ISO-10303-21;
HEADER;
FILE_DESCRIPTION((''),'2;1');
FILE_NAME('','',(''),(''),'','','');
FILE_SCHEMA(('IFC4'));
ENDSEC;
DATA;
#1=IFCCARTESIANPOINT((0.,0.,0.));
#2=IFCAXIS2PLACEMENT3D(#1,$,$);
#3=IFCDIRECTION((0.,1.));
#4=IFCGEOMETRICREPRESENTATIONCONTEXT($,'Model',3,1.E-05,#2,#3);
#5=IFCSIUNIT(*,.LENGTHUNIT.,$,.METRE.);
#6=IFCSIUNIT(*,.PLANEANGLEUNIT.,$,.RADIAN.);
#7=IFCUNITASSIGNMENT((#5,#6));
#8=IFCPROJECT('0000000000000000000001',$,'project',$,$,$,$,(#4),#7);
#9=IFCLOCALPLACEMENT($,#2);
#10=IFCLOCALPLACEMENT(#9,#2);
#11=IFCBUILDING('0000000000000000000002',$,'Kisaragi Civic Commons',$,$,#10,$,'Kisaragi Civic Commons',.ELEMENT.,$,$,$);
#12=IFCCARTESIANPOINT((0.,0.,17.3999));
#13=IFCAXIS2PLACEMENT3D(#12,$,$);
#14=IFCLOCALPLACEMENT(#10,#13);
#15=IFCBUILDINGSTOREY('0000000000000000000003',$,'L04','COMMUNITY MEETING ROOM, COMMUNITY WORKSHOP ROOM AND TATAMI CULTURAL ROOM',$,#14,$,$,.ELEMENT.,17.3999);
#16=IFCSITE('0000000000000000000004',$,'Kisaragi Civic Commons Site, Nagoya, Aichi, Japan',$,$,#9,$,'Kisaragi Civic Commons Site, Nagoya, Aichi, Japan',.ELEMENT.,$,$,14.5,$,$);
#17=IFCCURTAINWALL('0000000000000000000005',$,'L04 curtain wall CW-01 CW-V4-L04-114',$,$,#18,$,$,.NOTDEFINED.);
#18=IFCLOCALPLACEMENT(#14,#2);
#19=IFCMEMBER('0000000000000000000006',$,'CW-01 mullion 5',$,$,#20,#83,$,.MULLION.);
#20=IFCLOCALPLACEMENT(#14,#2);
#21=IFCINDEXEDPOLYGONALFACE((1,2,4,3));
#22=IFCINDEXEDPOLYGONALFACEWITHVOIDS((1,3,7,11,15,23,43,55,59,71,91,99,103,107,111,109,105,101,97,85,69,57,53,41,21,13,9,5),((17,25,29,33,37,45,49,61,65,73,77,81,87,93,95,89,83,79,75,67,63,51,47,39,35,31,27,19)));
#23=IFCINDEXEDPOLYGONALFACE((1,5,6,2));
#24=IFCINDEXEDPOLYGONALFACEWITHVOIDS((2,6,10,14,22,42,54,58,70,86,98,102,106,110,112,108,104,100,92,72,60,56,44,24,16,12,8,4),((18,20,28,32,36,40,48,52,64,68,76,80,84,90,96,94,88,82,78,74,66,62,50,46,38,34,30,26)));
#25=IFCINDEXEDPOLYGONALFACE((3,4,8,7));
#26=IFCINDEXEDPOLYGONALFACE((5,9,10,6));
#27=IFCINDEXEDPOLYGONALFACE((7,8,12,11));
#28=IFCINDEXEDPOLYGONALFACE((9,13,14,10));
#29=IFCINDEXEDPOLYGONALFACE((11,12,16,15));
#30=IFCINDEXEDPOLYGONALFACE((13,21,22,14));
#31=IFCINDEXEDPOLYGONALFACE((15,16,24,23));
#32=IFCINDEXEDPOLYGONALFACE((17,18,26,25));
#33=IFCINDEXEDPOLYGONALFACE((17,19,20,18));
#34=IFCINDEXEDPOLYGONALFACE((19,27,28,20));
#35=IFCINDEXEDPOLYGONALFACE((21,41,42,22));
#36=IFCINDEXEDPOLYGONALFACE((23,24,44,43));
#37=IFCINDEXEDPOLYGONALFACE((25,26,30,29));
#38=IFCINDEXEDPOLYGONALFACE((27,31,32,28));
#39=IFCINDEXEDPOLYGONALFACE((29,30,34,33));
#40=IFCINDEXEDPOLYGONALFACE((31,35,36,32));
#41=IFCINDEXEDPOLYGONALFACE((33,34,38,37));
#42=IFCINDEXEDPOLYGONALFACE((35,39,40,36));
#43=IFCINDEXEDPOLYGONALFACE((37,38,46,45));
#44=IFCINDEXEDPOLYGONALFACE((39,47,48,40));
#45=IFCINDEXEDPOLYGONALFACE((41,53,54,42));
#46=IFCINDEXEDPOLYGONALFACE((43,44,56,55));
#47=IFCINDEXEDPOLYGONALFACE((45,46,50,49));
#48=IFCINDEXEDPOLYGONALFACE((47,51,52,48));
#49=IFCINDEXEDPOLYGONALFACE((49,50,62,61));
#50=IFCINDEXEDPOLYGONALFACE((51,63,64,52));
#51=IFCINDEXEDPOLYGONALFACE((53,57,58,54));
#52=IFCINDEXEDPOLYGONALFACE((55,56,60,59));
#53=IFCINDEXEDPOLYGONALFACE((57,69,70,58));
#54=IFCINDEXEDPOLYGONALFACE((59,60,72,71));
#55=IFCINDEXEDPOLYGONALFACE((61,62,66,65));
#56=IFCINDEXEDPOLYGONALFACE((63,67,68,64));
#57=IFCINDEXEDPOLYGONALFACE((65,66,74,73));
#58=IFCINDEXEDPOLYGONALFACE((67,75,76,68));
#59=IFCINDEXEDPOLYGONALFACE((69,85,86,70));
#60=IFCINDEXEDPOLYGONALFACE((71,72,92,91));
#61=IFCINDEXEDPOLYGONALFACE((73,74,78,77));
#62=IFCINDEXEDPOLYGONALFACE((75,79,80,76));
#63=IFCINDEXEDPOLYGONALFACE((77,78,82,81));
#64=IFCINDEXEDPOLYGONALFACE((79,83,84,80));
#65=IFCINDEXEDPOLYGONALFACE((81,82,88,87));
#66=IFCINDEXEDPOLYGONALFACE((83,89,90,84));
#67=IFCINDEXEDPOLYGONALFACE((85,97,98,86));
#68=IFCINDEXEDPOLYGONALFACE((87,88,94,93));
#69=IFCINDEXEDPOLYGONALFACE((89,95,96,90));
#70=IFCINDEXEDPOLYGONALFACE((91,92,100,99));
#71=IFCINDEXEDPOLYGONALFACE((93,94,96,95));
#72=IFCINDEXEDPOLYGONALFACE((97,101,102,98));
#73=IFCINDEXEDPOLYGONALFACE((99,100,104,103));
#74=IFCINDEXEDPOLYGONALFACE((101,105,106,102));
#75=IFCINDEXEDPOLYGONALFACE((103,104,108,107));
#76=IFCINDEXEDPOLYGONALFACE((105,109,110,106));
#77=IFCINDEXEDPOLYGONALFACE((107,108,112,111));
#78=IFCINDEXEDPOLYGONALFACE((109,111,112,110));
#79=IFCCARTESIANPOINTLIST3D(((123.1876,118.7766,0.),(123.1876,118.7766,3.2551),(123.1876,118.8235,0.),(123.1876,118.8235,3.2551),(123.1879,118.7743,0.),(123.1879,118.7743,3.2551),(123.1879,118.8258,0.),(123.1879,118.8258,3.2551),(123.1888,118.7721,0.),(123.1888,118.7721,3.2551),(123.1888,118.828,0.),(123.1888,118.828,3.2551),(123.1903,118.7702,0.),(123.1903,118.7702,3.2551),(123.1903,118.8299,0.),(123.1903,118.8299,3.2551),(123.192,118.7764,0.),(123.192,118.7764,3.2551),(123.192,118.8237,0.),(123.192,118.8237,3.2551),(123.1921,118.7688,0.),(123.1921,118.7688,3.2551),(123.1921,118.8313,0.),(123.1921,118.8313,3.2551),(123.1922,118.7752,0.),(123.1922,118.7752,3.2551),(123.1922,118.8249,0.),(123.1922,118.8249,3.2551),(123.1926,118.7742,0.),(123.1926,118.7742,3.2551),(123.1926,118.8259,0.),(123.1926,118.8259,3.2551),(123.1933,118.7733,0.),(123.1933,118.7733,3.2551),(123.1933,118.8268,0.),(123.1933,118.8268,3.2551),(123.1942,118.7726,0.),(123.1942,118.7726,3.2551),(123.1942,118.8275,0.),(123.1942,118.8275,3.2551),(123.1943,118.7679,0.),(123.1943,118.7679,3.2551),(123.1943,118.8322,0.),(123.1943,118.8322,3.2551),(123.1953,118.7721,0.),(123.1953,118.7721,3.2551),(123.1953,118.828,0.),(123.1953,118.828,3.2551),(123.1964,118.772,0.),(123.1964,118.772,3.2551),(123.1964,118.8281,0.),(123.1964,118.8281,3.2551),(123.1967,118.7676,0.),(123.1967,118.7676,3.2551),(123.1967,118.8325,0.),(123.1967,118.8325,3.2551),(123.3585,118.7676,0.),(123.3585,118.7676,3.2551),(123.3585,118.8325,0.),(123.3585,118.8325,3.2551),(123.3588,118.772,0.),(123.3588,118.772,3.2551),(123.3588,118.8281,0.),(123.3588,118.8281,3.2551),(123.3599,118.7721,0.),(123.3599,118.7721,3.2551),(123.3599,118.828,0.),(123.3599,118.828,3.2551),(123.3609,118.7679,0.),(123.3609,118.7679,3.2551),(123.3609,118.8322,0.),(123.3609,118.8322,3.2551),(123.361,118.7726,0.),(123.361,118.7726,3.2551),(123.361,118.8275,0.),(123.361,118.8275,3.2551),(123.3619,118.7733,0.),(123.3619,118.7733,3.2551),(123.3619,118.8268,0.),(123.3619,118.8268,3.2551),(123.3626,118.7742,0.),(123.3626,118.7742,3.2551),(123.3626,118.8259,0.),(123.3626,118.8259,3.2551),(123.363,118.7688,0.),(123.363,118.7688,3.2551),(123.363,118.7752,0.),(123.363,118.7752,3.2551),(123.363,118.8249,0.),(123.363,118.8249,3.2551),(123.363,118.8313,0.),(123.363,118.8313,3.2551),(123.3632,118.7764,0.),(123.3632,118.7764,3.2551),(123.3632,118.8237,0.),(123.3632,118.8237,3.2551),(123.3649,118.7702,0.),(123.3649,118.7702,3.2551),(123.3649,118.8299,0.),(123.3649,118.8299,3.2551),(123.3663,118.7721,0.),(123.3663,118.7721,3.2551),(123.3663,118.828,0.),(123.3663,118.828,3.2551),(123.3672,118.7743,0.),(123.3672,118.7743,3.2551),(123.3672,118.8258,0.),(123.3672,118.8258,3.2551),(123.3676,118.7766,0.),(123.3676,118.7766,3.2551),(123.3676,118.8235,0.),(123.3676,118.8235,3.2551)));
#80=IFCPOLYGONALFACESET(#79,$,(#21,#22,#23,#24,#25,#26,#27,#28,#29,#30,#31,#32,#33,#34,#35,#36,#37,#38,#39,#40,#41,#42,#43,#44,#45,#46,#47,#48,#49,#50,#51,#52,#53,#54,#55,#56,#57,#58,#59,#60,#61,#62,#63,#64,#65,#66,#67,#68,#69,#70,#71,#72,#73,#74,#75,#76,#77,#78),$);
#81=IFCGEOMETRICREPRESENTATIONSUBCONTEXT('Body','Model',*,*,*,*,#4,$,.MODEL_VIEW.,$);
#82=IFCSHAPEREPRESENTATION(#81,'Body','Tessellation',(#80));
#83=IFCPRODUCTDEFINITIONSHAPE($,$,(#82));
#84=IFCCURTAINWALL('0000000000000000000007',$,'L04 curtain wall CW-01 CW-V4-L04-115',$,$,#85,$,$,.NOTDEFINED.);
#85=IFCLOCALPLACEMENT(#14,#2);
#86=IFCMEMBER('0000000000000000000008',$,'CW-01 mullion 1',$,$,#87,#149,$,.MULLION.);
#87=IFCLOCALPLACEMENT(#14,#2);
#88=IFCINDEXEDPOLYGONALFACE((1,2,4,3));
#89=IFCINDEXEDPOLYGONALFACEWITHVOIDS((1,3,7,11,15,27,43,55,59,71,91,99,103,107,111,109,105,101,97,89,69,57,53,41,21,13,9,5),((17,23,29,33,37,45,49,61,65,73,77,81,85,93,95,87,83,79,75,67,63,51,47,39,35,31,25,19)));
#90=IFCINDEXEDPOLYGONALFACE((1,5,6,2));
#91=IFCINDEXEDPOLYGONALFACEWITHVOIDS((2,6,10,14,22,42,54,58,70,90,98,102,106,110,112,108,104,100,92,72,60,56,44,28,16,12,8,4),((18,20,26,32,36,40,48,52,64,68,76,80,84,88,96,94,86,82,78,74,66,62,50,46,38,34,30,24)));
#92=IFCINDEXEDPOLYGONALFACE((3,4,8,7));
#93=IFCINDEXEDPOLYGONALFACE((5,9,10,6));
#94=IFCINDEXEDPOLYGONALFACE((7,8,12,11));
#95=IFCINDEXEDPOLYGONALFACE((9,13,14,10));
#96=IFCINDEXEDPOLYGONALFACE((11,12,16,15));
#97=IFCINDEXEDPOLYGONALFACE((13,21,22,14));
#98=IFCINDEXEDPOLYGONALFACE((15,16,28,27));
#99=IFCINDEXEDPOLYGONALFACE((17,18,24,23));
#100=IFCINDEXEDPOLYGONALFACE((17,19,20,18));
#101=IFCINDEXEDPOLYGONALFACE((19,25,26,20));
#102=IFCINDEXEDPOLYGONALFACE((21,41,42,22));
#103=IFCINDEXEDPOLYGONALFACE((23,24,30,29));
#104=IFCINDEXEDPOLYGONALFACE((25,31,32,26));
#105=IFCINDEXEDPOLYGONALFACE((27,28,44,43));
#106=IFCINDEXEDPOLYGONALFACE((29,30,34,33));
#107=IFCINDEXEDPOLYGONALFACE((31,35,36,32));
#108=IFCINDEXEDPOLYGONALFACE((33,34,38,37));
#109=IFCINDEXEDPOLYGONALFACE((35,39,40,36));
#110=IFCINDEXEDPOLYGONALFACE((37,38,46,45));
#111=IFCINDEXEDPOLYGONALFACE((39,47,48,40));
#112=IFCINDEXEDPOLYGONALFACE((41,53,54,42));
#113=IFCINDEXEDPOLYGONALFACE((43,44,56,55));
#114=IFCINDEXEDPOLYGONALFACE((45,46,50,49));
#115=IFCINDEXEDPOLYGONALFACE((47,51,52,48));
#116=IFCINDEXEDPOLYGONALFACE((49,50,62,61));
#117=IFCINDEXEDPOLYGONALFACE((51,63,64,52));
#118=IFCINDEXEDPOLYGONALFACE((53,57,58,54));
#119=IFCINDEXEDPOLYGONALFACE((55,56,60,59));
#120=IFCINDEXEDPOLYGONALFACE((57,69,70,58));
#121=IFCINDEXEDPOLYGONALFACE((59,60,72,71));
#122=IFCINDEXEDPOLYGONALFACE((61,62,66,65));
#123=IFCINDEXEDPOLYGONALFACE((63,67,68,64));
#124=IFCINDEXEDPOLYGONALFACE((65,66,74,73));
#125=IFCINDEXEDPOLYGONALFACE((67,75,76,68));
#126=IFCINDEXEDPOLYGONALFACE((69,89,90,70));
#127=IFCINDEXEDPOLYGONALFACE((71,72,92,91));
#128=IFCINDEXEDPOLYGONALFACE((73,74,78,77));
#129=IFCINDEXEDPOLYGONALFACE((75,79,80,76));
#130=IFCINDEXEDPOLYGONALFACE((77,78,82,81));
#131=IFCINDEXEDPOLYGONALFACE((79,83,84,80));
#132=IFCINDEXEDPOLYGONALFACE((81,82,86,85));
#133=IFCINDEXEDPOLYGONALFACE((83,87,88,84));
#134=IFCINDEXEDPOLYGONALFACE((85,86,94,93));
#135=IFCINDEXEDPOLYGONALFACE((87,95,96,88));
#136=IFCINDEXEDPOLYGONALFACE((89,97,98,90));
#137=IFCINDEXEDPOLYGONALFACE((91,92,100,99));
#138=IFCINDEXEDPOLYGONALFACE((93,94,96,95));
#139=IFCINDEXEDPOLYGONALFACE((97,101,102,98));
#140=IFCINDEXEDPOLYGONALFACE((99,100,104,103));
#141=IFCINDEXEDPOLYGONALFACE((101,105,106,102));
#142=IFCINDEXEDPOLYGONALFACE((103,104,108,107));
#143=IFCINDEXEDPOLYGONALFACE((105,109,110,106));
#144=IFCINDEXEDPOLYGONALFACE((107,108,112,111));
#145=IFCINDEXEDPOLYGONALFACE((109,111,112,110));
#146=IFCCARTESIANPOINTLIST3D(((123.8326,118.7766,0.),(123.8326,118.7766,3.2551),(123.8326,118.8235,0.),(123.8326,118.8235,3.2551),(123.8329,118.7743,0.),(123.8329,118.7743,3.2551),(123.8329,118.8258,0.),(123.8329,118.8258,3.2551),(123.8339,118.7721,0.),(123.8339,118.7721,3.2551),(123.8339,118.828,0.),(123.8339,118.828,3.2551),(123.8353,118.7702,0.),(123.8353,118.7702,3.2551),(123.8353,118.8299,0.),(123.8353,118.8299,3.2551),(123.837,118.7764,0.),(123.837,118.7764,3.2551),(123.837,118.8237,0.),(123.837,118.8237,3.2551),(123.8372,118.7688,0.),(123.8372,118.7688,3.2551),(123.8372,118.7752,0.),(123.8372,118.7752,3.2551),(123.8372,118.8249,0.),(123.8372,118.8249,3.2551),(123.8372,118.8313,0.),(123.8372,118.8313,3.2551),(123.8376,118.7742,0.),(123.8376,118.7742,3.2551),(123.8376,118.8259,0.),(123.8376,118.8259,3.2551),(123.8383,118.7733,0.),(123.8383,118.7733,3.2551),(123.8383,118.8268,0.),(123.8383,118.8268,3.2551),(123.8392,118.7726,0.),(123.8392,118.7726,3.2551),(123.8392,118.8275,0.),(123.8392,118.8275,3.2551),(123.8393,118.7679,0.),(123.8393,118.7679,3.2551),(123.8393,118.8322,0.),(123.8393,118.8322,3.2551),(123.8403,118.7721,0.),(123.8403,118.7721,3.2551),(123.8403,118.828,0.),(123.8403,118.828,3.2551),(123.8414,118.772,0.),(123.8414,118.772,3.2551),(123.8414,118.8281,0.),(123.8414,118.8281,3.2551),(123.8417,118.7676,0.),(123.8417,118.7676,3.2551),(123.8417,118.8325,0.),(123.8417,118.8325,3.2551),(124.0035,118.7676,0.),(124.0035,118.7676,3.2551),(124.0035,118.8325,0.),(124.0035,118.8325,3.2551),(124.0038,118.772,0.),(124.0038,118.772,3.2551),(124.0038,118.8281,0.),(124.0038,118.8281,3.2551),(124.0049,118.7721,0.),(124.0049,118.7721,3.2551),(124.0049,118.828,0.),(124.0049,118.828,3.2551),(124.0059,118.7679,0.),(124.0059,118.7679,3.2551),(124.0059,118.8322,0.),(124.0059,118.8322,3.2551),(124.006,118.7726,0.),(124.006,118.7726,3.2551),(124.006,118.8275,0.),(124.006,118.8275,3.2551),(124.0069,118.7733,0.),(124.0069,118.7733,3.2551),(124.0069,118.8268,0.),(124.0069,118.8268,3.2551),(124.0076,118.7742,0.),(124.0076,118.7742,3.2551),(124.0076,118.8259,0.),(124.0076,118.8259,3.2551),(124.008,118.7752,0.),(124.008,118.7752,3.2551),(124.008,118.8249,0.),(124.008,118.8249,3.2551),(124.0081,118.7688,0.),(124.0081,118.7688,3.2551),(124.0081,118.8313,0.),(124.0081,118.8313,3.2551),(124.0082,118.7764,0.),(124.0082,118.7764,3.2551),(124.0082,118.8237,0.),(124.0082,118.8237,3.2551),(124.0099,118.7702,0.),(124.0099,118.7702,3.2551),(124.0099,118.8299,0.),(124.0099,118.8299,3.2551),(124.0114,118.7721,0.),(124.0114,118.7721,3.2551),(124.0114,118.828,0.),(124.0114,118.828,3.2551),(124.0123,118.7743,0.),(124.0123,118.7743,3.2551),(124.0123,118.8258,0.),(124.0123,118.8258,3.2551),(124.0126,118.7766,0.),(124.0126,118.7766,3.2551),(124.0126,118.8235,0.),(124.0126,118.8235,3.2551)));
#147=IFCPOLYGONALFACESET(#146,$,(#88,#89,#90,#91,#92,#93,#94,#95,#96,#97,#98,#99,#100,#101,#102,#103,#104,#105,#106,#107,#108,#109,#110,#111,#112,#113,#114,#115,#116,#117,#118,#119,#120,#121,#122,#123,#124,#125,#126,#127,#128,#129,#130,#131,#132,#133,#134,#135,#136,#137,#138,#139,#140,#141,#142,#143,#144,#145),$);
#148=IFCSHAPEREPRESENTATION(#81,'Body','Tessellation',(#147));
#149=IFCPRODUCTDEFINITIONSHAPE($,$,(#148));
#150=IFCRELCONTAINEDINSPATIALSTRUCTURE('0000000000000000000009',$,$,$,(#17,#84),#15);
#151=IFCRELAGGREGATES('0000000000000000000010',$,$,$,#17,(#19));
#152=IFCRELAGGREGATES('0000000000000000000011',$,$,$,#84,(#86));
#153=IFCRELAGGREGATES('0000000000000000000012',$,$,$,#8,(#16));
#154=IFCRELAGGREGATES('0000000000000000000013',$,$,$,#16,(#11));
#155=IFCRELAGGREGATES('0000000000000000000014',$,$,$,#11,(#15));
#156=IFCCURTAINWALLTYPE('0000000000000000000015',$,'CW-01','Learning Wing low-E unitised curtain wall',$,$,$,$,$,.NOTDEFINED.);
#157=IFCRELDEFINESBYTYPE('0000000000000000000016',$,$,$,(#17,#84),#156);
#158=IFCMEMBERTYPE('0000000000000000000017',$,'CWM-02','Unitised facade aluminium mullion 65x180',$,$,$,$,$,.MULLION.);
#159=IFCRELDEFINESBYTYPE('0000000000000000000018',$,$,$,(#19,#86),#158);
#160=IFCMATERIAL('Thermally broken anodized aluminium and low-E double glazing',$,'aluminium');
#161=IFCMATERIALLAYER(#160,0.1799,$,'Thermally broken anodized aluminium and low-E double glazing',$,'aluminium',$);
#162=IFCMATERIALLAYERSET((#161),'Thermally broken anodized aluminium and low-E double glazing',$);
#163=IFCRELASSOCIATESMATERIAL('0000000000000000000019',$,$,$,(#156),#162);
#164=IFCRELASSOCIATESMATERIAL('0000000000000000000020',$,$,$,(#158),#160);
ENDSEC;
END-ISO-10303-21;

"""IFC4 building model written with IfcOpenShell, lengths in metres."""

from ifc_helpers import new_model, si_unit, direction, frame, origin, origin_2d, place, context, subcontext, project, spatial, hollow_rectangle, extrude, material, layer, layer_set, material_profile, profile_set, type_object, element, aggregate, save


model = new_model("IFC4")

# Units and contexts
model_context = context("Model", 3, precision=1e-05, world=origin(), true_north=direction((0.0, 1.0)))
body_context = subcontext(model_context, "Body", "Model", "MODEL_VIEW")
ifc_project = project(units=[si_unit("LENGTHUNIT", "METRE"), si_unit("PLANEANGLEUNIT", "RADIAN")], contexts=[model_context])

# Site, building, storey
site_placement = place(None, origin())
site = spatial("IfcSite", under=ifc_project, at=site_placement, Name="Kisaragi Civic Commons Site, Nagoya, Aichi, Japan", LongName="Kisaragi Civic Commons Site, Nagoya, Aichi, Japan", CompositionType="ELEMENT", RefElevation=14.5)
building_placement = place(site_placement, origin())
building = spatial("IfcBuilding", under=site, at=building_placement, Name="Kisaragi Civic Commons", LongName="Kisaragi Civic Commons", CompositionType="ELEMENT")
storey_placement = place(building_placement, frame((0.0, 0.0, 17.3999)))
storey = spatial("IfcBuildingStorey", under=building, at=storey_placement, Name="L04", Description="COMMUNITY MEETING ROOM, COMMUNITY WORKSHOP ROOM AND TATAMI CULTURAL ROOM", CompositionType="ELEMENT", Elevation=17.3999)

# Curtain walls, members
ifc_material_1 = material(Name="Thermally broken anodized aluminium and low-E double glazing", Category="aluminium")
ifc_layer_1 = layer(ifc_material_1, 0.1799, Name="Thermally broken anodized aluminium and low-E double glazing", Category="aluminium")
ifc_layer_set_1 = layer_set([ifc_layer_1], Name="Thermally broken anodized aluminium and low-E double glazing")
curtain_wall_type = type_object("IfcCurtainWallType", Name="CW-01", Description="Learning Wing low-E unitised curtain wall", PredefinedType="NOTDEFINED", material=ifc_layer_set_1)
curtain_wall_1_placement = place(storey_placement, origin())
curtain_wall_1 = element("IfcCurtainWall", 1, at=curtain_wall_1_placement, inside=storey, type_object=curtain_wall_type, Name="L04 curtain wall CW-01 CW-V4-L04-114", PredefinedType="NOTDEFINED")
ifc_material_profile_1 = material_profile(ifc_material_1, hollow_rectangle(XDim=0.0649, YDim=0.1799, WallThickness=0.0044, InnerFilletRadius=0.0044, OuterFilletRadius=0.009, at=origin_2d()), Name="CWM-65x180x4.5", Category="aluminium")
ifc_profile_set_1 = profile_set([ifc_material_profile_1], Name="Thermally broken anodized aluminium and low-E double glazing")
member_type_1 = type_object("IfcMemberType", Name="CWM-02", Description="Unitised facade aluminium mullion 65x180", PredefinedType="MULLION", material=ifc_profile_set_1)
member_1_placement = place(storey_placement, frame((123.2776, 118.8, 0.0), z_axis=(0.0, 0.0, 1.0), x_axis=(0.0, 1.0, 0.0)))
member_1 = element("IfcMember", 2, at=member_1_placement, type_object=member_type_1, Name="CW-01 mullion 5", PredefinedType="MULLION", context=body_context, shape_type="SweptSolid", body=[
    extrude(hollow_rectangle(XDim=0.0649, YDim=0.1799, WallThickness=0.0044, InnerFilletRadius=0.0044, OuterFilletRadius=0.009, at=origin_2d()), origin(), (0.0, 0.0, 1.0), 3.2551),
])
curtain_wall_2_placement = place(storey_placement, origin())
curtain_wall_2 = element("IfcCurtainWall", 3, at=curtain_wall_2_placement, inside=storey, type_object=curtain_wall_type, Name="L04 curtain wall CW-01 CW-V4-L04-115", PredefinedType="NOTDEFINED")
member_2_placement = place(storey_placement, frame((123.9226, 118.8, 0.0), z_axis=(0.0, 0.0, 1.0), x_axis=(0.0, 1.0, 0.0)))
member_2 = element("IfcMember", 4, at=member_2_placement, type_object=member_type_1, Name="CW-01 mullion 1", PredefinedType="MULLION", context=body_context, shape_type="SweptSolid", body=[
    extrude(hollow_rectangle(XDim=0.0649, YDim=0.1799, WallThickness=0.0044, InnerFilletRadius=0.0044, OuterFilletRadius=0.009, at=origin_2d()), origin(), (0.0, 0.0, 1.0), 3.2551),
])

aggregate(curtain_wall_1, [member_1])
aggregate(curtain_wall_2, [member_2])

save(model, "model.ifc")
